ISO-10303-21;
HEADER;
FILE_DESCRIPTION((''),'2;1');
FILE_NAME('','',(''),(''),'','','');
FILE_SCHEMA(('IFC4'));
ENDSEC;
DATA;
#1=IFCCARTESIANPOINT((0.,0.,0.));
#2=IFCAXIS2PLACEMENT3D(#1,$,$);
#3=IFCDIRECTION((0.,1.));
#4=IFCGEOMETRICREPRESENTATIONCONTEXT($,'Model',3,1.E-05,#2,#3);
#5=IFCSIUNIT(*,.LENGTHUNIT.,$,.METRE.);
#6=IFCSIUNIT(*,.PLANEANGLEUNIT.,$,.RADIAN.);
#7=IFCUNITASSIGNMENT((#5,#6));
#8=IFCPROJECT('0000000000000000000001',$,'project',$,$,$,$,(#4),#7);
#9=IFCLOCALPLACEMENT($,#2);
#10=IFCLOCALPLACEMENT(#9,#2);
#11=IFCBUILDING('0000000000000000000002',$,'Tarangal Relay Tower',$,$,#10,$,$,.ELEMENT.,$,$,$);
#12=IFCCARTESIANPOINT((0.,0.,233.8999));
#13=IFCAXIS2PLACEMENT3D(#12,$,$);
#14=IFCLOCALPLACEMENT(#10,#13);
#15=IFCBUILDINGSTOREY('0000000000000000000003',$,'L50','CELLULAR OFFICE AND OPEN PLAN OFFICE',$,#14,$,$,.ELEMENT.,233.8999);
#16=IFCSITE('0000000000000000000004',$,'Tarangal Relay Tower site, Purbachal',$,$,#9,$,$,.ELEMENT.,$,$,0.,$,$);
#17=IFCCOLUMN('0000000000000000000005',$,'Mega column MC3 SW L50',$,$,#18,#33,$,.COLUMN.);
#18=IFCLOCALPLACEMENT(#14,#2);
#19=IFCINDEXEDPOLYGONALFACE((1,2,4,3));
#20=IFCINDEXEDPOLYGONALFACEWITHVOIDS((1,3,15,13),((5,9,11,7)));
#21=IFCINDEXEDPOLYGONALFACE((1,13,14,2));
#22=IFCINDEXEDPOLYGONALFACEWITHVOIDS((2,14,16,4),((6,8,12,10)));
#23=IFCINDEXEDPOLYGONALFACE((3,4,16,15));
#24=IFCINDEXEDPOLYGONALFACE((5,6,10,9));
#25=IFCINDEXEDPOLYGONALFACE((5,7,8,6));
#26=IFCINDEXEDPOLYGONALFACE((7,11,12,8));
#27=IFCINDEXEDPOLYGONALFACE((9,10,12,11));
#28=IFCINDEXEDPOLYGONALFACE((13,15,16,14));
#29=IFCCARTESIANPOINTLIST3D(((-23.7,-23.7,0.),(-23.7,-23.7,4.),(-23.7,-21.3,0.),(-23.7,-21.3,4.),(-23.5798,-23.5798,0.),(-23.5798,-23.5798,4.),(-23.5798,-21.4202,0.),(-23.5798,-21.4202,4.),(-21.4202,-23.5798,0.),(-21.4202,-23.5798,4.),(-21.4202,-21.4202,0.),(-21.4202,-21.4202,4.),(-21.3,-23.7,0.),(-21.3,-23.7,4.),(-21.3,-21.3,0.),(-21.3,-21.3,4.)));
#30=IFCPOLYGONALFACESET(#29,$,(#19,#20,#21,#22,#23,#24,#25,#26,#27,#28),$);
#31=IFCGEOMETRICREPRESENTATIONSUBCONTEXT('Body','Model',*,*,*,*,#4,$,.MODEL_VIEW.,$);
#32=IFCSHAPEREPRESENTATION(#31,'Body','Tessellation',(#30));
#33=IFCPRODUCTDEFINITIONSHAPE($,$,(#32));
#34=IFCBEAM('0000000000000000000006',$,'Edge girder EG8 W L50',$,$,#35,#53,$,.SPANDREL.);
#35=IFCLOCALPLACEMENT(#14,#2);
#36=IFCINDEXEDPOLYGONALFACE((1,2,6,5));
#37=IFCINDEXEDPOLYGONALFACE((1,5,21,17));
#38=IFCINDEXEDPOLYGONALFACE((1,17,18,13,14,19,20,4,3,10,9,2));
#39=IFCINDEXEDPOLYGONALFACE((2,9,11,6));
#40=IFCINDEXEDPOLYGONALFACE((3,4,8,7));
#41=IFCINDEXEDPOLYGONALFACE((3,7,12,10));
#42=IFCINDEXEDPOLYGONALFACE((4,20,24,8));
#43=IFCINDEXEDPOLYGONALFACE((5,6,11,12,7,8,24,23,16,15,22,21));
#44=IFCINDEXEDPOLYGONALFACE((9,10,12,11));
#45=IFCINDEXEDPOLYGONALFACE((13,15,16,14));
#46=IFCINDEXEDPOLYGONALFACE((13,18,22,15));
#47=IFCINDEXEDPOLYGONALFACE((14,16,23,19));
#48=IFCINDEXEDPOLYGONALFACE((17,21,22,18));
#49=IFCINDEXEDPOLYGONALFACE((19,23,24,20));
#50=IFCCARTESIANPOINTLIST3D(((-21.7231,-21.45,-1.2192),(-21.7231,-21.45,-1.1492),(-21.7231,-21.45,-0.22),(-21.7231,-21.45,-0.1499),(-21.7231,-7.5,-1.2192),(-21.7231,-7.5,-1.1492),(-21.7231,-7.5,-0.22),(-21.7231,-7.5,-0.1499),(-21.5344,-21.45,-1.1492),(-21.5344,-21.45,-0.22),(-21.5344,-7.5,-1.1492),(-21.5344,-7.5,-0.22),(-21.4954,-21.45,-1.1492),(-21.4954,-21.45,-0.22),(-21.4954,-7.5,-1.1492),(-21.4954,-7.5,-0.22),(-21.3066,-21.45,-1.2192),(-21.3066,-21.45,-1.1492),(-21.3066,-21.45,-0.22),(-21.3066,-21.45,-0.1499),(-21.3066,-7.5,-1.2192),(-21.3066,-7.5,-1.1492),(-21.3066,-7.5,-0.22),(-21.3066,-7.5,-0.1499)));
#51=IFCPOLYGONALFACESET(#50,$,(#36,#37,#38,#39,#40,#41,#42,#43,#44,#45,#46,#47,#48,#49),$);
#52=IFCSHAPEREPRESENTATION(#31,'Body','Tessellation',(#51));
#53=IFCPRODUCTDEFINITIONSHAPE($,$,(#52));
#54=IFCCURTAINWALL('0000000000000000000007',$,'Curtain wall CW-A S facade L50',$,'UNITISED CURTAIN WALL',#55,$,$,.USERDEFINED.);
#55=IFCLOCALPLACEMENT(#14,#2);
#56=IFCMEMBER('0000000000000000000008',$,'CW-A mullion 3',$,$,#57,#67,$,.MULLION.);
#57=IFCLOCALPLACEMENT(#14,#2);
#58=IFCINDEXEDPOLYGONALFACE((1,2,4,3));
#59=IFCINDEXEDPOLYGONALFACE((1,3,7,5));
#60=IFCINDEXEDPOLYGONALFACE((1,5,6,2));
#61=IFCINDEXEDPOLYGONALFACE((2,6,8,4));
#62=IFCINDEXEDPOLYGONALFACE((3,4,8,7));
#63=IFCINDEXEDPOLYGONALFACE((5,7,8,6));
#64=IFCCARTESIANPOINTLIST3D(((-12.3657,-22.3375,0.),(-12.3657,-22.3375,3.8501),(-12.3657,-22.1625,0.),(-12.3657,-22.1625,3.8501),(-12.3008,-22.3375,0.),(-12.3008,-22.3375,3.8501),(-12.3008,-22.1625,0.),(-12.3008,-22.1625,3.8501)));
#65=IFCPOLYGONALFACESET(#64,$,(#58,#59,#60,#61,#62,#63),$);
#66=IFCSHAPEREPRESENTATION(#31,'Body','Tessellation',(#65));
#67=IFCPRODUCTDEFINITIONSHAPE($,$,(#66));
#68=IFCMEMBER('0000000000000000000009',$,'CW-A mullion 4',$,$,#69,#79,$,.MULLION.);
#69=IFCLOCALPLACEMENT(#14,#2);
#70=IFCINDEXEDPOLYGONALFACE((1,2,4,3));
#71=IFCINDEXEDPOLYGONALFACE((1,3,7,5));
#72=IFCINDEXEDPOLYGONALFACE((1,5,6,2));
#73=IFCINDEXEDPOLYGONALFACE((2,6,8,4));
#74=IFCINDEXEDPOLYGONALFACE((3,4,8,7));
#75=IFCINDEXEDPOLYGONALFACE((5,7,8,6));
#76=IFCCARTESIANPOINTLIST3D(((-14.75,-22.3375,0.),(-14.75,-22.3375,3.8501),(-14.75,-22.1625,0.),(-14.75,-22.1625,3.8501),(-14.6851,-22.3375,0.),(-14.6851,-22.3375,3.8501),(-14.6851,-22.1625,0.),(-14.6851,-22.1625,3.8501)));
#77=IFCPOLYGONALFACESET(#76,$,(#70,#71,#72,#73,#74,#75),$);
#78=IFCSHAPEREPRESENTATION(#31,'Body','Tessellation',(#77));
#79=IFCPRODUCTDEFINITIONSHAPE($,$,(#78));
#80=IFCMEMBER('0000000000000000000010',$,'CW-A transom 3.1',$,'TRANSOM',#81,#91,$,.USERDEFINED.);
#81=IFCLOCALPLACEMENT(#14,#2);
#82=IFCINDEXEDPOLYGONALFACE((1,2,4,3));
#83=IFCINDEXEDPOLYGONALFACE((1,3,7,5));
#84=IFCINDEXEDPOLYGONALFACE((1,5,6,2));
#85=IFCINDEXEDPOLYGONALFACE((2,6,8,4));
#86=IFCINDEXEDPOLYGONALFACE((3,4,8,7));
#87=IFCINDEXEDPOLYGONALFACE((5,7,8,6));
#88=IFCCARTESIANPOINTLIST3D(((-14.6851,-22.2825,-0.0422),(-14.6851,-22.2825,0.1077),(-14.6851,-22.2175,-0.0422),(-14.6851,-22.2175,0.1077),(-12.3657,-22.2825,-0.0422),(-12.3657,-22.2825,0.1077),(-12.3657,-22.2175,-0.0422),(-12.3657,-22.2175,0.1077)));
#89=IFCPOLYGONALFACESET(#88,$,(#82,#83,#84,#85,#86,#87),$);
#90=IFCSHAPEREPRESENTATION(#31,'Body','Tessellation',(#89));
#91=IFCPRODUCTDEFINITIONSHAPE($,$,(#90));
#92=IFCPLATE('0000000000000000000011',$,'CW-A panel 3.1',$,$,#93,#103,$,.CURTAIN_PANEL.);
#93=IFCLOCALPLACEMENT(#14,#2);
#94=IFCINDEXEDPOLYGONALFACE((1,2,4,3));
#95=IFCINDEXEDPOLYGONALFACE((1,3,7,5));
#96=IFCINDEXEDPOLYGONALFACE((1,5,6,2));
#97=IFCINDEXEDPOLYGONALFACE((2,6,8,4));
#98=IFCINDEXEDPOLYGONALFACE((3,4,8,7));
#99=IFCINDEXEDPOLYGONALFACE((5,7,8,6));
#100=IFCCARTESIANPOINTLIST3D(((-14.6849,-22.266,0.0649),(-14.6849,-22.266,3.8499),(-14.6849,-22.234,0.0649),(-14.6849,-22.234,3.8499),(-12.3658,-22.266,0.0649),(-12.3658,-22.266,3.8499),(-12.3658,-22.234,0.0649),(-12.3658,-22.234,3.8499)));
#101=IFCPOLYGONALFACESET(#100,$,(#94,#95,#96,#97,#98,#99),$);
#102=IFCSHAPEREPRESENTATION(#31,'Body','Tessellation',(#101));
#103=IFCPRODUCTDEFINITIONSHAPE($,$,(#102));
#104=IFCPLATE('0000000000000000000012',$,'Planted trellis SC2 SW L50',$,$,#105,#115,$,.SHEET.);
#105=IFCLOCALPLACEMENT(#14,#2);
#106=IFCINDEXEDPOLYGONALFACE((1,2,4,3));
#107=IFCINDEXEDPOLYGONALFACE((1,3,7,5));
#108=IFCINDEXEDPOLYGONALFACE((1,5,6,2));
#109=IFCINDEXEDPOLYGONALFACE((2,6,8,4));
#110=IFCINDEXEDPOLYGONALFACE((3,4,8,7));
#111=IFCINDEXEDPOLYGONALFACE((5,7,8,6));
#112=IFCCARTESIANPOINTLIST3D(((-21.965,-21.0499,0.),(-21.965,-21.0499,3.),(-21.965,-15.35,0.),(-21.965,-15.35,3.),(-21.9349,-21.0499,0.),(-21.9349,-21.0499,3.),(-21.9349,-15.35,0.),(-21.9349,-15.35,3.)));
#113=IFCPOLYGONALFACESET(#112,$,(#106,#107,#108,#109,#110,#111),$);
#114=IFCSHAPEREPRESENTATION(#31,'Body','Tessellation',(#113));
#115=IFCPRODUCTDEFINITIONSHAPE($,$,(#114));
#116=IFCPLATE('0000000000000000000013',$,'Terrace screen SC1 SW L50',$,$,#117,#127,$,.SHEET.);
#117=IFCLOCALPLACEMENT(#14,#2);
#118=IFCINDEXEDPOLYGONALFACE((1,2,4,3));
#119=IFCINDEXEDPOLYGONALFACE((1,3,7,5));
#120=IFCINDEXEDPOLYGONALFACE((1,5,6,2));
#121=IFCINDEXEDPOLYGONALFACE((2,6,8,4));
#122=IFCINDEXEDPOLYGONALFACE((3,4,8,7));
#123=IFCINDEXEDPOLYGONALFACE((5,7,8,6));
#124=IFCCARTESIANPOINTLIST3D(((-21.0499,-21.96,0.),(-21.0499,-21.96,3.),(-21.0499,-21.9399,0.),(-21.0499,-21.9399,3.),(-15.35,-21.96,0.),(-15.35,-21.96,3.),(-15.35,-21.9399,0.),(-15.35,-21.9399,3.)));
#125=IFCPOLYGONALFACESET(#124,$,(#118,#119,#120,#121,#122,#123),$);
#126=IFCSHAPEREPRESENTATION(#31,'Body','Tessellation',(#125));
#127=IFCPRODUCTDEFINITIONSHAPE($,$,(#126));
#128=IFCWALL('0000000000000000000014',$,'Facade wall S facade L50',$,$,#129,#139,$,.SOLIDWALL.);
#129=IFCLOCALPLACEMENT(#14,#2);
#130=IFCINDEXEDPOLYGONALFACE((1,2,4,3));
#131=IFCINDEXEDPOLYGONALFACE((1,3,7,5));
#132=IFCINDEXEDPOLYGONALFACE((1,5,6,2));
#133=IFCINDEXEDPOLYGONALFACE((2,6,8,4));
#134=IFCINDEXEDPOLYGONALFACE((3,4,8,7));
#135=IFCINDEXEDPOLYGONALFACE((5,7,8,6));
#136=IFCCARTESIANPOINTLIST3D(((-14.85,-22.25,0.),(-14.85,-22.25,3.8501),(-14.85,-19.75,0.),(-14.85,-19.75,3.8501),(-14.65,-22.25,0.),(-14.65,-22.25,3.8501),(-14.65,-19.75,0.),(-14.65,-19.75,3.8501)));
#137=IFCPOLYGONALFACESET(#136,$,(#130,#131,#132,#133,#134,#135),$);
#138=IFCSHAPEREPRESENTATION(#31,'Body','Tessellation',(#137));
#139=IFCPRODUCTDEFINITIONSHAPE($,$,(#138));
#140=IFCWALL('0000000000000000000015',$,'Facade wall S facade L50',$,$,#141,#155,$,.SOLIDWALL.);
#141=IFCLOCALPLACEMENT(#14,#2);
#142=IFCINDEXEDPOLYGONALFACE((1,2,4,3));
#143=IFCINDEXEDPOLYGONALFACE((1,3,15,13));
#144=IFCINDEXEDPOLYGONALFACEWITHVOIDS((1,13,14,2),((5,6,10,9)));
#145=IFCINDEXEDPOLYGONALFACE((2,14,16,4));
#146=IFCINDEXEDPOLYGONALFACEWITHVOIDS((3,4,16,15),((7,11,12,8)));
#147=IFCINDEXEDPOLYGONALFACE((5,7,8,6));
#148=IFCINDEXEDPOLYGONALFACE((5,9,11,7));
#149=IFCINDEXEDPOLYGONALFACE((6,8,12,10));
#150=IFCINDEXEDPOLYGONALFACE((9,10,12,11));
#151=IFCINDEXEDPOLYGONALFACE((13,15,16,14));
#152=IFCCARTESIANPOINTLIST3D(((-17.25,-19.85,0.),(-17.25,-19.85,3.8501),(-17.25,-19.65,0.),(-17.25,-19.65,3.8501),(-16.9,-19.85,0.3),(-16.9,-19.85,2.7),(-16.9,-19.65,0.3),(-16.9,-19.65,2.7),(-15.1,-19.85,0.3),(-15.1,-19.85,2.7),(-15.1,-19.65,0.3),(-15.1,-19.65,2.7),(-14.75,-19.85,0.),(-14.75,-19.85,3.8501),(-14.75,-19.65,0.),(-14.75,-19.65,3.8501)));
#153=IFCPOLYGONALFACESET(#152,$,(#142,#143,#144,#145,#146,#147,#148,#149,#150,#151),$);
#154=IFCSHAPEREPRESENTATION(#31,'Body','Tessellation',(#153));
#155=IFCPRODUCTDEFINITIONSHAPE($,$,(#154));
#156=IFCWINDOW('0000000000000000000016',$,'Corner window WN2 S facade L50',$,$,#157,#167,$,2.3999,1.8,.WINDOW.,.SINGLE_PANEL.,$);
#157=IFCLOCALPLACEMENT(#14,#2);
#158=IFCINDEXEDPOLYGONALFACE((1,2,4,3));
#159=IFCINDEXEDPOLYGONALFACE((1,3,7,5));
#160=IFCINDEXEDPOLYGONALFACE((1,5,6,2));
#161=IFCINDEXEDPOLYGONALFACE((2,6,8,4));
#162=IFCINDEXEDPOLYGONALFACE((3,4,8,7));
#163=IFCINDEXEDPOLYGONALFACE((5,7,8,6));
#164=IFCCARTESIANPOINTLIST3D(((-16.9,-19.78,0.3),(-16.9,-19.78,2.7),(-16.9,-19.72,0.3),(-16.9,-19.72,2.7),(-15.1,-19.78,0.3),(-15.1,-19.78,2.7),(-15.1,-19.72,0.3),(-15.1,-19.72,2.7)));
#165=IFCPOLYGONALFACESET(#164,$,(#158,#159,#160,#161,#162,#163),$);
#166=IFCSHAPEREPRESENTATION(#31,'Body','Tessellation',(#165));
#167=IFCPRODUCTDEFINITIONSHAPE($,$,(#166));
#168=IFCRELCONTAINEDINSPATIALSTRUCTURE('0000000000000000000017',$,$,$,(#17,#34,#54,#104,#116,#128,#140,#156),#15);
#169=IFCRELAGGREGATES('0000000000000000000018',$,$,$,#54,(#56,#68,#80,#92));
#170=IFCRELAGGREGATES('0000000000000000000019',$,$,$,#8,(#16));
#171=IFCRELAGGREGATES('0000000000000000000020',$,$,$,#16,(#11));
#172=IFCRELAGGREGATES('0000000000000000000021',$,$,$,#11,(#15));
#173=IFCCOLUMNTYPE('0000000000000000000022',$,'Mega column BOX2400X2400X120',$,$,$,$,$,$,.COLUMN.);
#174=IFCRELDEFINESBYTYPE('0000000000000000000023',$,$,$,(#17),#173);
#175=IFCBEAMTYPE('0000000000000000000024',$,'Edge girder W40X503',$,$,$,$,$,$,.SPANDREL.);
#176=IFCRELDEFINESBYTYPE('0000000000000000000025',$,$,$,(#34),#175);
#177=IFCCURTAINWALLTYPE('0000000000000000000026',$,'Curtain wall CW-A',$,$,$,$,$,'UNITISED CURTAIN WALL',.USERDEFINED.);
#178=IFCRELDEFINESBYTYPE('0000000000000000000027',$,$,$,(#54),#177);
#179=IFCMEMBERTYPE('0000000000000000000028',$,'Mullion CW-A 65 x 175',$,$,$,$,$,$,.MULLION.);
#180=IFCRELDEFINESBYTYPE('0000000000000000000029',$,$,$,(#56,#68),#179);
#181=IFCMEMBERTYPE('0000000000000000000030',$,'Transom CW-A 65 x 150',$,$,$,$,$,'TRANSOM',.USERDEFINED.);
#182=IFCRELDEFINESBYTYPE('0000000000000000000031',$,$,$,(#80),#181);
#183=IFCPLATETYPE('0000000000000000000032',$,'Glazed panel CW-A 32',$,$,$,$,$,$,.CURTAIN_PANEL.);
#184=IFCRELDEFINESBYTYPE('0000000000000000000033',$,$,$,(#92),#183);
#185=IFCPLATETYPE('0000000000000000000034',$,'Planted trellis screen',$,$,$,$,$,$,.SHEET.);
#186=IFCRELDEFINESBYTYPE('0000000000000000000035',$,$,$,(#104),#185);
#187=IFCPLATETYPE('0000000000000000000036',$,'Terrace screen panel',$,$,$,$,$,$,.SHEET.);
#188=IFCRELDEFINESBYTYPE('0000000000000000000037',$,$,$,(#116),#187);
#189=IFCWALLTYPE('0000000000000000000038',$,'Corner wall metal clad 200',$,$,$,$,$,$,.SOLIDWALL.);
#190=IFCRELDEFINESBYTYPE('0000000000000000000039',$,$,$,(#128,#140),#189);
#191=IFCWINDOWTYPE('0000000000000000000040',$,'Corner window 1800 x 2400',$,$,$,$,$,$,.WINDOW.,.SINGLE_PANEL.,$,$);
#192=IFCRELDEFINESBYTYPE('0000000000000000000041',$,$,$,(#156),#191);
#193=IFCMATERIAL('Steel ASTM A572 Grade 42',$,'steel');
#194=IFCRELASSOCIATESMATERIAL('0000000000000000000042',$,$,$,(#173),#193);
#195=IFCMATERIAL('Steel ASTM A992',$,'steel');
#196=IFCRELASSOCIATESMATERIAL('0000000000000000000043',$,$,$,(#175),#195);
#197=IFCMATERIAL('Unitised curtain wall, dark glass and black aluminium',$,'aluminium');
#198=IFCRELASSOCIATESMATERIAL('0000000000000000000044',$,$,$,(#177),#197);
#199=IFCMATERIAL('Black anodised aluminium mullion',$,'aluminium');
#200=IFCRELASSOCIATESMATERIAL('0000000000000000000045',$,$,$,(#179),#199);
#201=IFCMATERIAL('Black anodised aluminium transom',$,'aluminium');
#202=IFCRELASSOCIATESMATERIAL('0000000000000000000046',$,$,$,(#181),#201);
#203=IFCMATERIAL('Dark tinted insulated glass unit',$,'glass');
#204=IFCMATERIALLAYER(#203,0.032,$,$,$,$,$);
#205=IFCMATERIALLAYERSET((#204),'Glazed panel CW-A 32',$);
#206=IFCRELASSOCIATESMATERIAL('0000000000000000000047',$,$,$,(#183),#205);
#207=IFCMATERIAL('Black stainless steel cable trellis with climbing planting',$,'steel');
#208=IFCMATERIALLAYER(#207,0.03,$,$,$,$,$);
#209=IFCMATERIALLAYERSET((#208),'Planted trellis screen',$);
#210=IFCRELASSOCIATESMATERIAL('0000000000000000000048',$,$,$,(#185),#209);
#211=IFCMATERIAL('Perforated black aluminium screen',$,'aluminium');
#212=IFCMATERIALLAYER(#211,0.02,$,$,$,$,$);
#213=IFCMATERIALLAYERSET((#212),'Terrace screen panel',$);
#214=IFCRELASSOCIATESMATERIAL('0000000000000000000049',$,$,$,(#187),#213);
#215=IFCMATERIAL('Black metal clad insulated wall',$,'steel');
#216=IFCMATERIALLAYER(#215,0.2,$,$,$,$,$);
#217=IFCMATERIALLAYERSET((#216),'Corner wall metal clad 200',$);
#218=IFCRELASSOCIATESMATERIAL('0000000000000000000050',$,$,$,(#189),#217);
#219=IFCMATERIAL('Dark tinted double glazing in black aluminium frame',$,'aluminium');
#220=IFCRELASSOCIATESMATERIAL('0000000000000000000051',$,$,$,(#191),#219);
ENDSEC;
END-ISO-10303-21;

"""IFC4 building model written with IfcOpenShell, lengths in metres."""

from ifc_helpers import new_model, si_unit, direction, frame, frame_2d, origin, origin_2d, place, context, subcontext, project, spatial, rectangle, hollow_rectangle, i_section, extrude, material, layer, layer_set, material_profile, profile_set, type_object, element, fill, aggregate, save


model = new_model("IFC4")

# Units and contexts
model_context = context("Model", 3, precision=1e-05, world=origin(), true_north=direction((0.0, 1.0)))
body_context = subcontext(model_context, "Body", "Model", "MODEL_VIEW")
ifc_project = project(units=[si_unit("LENGTHUNIT", "METRE"), si_unit("PLANEANGLEUNIT", "RADIAN")], contexts=[model_context])

# Site, building, storey
site_placement = place(None, origin())
site = spatial("IfcSite", under=ifc_project, at=site_placement, Name="Tarangal Relay Tower site, Purbachal", CompositionType="ELEMENT", RefElevation=0.0)
building_placement = place(site_placement, origin())
building = spatial("IfcBuilding", under=site, at=building_placement, Name="Tarangal Relay Tower", CompositionType="ELEMENT")
storey_placement = place(building_placement, frame((0.0, 0.0, 233.8999)))
storey = spatial("IfcBuildingStorey", under=building, at=storey_placement, Name="L50", Description="CELLULAR OFFICE AND OPEN PLAN OFFICE", CompositionType="ELEMENT", Elevation=233.8999)

# Column
ifc_material_1 = material(Name="Steel ASTM A572 Grade 42", Category="steel")
ifc_material_profile_1 = material_profile(ifc_material_1, hollow_rectangle(XDim=2.3999, YDim=2.3999, WallThickness=0.1201, at=origin_2d()), Name="BOX2400X2400X120")
ifc_profile_set_1 = profile_set([ifc_material_profile_1], Name="Steel ASTM A572 Grade 42")
column_type = type_object("IfcColumnType", Name="Mega column BOX2400X2400X120", PredefinedType="COLUMN", material=ifc_profile_set_1)
column_placement = place(storey_placement, frame((-22.5, -22.5, 0.0), z_axis=(0.0, 0.0, 1.0), x_axis=(1.0, 0.0, 0.0)))
element("IfcColumn", 1, at=column_placement, inside=storey, type_object=column_type, Name="Mega column MC3 SW L50", PredefinedType="COLUMN", context=body_context, shape_type="SweptSolid", body=[
    extrude(hollow_rectangle(XDim=2.3999, YDim=2.3999, WallThickness=0.1201, at=origin_2d()), origin(), (0.0, 0.0, 1.0), 4.0),
])

# Beam
ifc_material_2 = material(Name="Steel ASTM A992", Category="steel")
ifc_material_profile_2 = material_profile(ifc_material_2, i_section(OverallWidth=0.4165, OverallDepth=1.0693, WebThickness=0.0391, FlangeThickness=0.0701, at=origin_2d()), Name="W40X503")
ifc_profile_set_2 = profile_set([ifc_material_profile_2], Name="Steel ASTM A992")
beam_type = type_object("IfcBeamType", Name="Edge girder W40X503", PredefinedType="SPANDREL", material=ifc_profile_set_2)
beam_placement = place(storey_placement, frame((-21.5149, -21.45, -0.6846), z_axis=(0.0, 1.0, 0.0), x_axis=(-1.0, 0.0, 0.0)))
element("IfcBeam", 2, at=beam_placement, inside=storey, type_object=beam_type, Name="Edge girder EG8 W L50", PredefinedType="SPANDREL", context=body_context, shape_type="SweptSolid", body=[
    extrude(i_section(OverallWidth=0.4165, OverallDepth=1.0693, WebThickness=0.0391, FlangeThickness=0.0701, at=origin_2d()), origin(), (0.0, 0.0, 1.0), 13.95),
])

# Curtain wall, members, plate
ifc_material_3 = material(Name="Unitised curtain wall, dark glass and black aluminium", Category="aluminium")
curtain_wall_type = type_object("IfcCurtainWallType", Name="Curtain wall CW-A", ElementType="UNITISED CURTAIN WALL", PredefinedType="USERDEFINED", material=ifc_material_3)
curtain_wall_placement = place(storey_placement, origin())
curtain_wall = element("IfcCurtainWall", 3, at=curtain_wall_placement, inside=storey, type_object=curtain_wall_type, Name="Curtain wall CW-A S facade L50", ObjectType="UNITISED CURTAIN WALL", PredefinedType="USERDEFINED")
ifc_material_4 = material(Name="Black anodised aluminium mullion", Category="aluminium")
ifc_material_profile_3 = material_profile(ifc_material_4, rectangle(XDim=0.175, YDim=0.0649, at=origin_2d()), Name="CW-AM 65X175")
ifc_profile_set_3 = profile_set([ifc_material_profile_3], Name="Black anodised aluminium mullion")
member_type_1 = type_object("IfcMemberType", Name="Mullion CW-A 65 x 175", PredefinedType="MULLION", material=ifc_profile_set_3)
member_1_placement = place(storey_placement, frame((-12.3333, -22.25, 0.0), z_axis=(0.0, 0.0, 1.0), x_axis=(0.0, -1.0, 0.0)))
member_1 = element("IfcMember", 4, at=member_1_placement, type_object=member_type_1, Name="CW-A mullion 3", PredefinedType="MULLION", context=body_context, shape_type="SweptSolid", body=[
    extrude(rectangle(XDim=0.175, YDim=0.0649, at=origin_2d()), origin(), (0.0, 0.0, 1.0), 3.8501),
])
member_2_placement = place(storey_placement, frame((-14.7175, -22.25, 0.0), z_axis=(0.0, 0.0, 1.0), x_axis=(0.0, -1.0, 0.0)))
member_2 = element("IfcMember", 5, at=member_2_placement, type_object=member_type_1, Name="CW-A mullion 4", PredefinedType="MULLION", context=body_context, shape_type="SweptSolid", body=[
    extrude(rectangle(XDim=0.175, YDim=0.0649, at=origin_2d()), origin(), (0.0, 0.0, 1.0), 3.8501),
])
ifc_material_5 = material(Name="Black anodised aluminium transom", Category="aluminium")
ifc_material_profile_4 = material_profile(ifc_material_5, rectangle(XDim=0.0649, YDim=0.1499, at=origin_2d()), Name="CW-AT 65X150")
ifc_profile_set_4 = profile_set([ifc_material_profile_4], Name="Black anodised aluminium transom")
member_type_2 = type_object("IfcMemberType", Name="Transom CW-A 65 x 150", ElementType="TRANSOM", PredefinedType="USERDEFINED", material=ifc_profile_set_4)
member_3_placement = place(storey_placement, frame((-12.3657, -22.25, 0.0327), z_axis=(-1.0, 0.0, 0.0), x_axis=(0.0, -1.0, 0.0)))
member_3 = element("IfcMember", 6, at=member_3_placement, type_object=member_type_2, Name="CW-A transom 3.1", ObjectType="TRANSOM", PredefinedType="USERDEFINED", context=body_context, shape_type="SweptSolid", body=[
    extrude(rectangle(XDim=0.0649, YDim=0.1499, at=origin_2d()), origin(), (0.0, 0.0, 1.0), 2.3193),
])
ifc_material_6 = material(Name="Dark tinted insulated glass unit", Category="glass")
ifc_layer_1 = layer(ifc_material_6, 0.032)
ifc_layer_set_1 = layer_set([ifc_layer_1], Name="Glazed panel CW-A 32")
plate_type_1 = type_object("IfcPlateType", Name="Glazed panel CW-A 32", PredefinedType="CURTAIN_PANEL", material=ifc_layer_set_1)
plate_1_placement = place(storey_placement, frame((-13.5254, -22.25, 0.0649), z_axis=(0.0, 0.0, 1.0), x_axis=(-1.0, 0.0, 0.0)))
plate_1 = element("IfcPlate", 7, at=plate_1_placement, type_object=plate_type_1, Name="CW-A panel 3.1", PredefinedType="CURTAIN_PANEL", context=body_context, shape_type="SweptSolid", body=[
    extrude(rectangle(XDim=2.3191, YDim=0.032, at=origin_2d()), origin(), (0.0, 0.0, 1.0), 3.7849),
])
aggregate(curtain_wall, [member_1, member_2, member_3, plate_1])

# Plates
ifc_material_7 = material(Name="Black stainless steel cable trellis with climbing planting", Category="steel")
ifc_layer_2 = layer(ifc_material_7, 0.03)
ifc_layer_set_2 = layer_set([ifc_layer_2], Name="Planted trellis screen")
plate_type_2 = type_object("IfcPlateType", Name="Planted trellis screen", PredefinedType="SHEET", material=ifc_layer_set_2)
plate_2_placement = place(storey_placement, frame((-21.95, -18.2, 0.0), z_axis=(0.0, 0.0, 1.0), x_axis=(0.0, 1.0, 0.0)))
element("IfcPlate", 8, at=plate_2_placement, inside=storey, type_object=plate_type_2, Name="Planted trellis SC2 SW L50", PredefinedType="SHEET", context=body_context, shape_type="SweptSolid", body=[
    extrude(rectangle(XDim=5.7, YDim=0.03, at=origin_2d()), origin(), (0.0, 0.0, 1.0), 3.0),
])
ifc_material_8 = material(Name="Perforated black aluminium screen", Category="aluminium")
ifc_layer_3 = layer(ifc_material_8, 0.02)
ifc_layer_set_3 = layer_set([ifc_layer_3], Name="Terrace screen panel")
plate_type_3 = type_object("IfcPlateType", Name="Terrace screen panel", PredefinedType="SHEET", material=ifc_layer_set_3)
plate_3_placement = place(storey_placement, frame((-18.2, -21.95, 0.0), z_axis=(0.0, 0.0, 1.0), x_axis=(-1.0, 0.0, 0.0)))
element("IfcPlate", 9, at=plate_3_placement, inside=storey, type_object=plate_type_3, Name="Terrace screen SC1 SW L50", PredefinedType="SHEET", context=body_context, shape_type="SweptSolid", body=[
    extrude(rectangle(XDim=5.7, YDim=0.02, at=origin_2d()), origin(), (0.0, 0.0, 1.0), 3.0),
])

# Wall
ifc_material_9 = material(Name="Black metal clad insulated wall", Category="steel")
ifc_layer_4 = layer(ifc_material_9, 0.2)
ifc_layer_set_4 = layer_set([ifc_layer_4], Name="Corner wall metal clad 200")
wall_type = type_object("IfcWallType", Name="Corner wall metal clad 200", PredefinedType="SOLIDWALL", material=ifc_layer_set_4)
wall_1_placement = place(storey_placement, frame((-14.75, -22.25, 0.0), z_axis=(0.0, 0.0, 1.0), x_axis=(0.0, 1.0, 0.0)))
element("IfcWall", 10, at=wall_1_placement, inside=storey, type_object=wall_type, Name="Facade wall S facade L50", PredefinedType="SOLIDWALL", context=body_context, shape_type="SweptSolid", body=[
    extrude(rectangle(XDim=2.5, YDim=0.2, at=frame_2d((1.25, 0.0))), origin(), (0.0, 0.0, 1.0), 3.8501),
])

# Wall, opening, window
wall_2_placement = place(storey_placement, frame((-14.75, -19.75, 0.0), z_axis=(0.0, 0.0, 1.0), x_axis=(-1.0, 0.0, 0.0)))
wall_2 = element("IfcWall", 11, at=wall_2_placement, inside=storey, type_object=wall_type, Name="Facade wall S facade L50", PredefinedType="SOLIDWALL", context=body_context, shape_type="SweptSolid", body=[
    extrude(rectangle(XDim=2.5, YDim=0.2, at=frame_2d((1.25, 0.0))), origin(), (0.0, 0.0, 1.0), 3.8501),
])
opening_1_placement = place(wall_2_placement, frame((0.3501, 0.0, 0.3)))
opening_1 = element("IfcOpeningElement", 12, at=opening_1_placement, cuts=wall_2, PredefinedType="OPENING", context=body_context, shape_type="SweptSolid", body=[
    extrude(rectangle(XDim=1.8, YDim=2.3999, at=frame_2d((0.8999, 1.2))), frame((0.0, 0.1099, 0.0), z_axis=(0.0, -1.0, 0.0), x_axis=(1.0, 0.0, 0.0)), (0.0, 0.0, 1.0), 0.22),
])
ifc_material_10 = material(Name="Dark tinted double glazing in black aluminium frame", Category="aluminium")
window_type = type_object("IfcWindowType", Name="Corner window 1800 x 2400", PartitioningType="SINGLE_PANEL", PredefinedType="WINDOW", material=ifc_material_10)
window_placement = place(opening_1_placement, origin())
window = element("IfcWindow", 13, at=window_placement, inside=storey, type_object=window_type, Name="Corner window WN2 S facade L50", OverallHeight=2.3999, OverallWidth=1.8, PartitioningType="SINGLE_PANEL", PredefinedType="WINDOW", context=body_context, shape_type="SweptSolid", body=[
    extrude(rectangle(XDim=1.8, YDim=2.3999, at=frame_2d((0.8999, 1.2))), frame((0.0, 0.03, 0.0), z_axis=(0.0, -1.0, 0.0), x_axis=(1.0, 0.0, 0.0)), (0.0, 0.0, 1.0), 0.0601),
])
fill(opening_1, window)

save(model, "model.ifc")
